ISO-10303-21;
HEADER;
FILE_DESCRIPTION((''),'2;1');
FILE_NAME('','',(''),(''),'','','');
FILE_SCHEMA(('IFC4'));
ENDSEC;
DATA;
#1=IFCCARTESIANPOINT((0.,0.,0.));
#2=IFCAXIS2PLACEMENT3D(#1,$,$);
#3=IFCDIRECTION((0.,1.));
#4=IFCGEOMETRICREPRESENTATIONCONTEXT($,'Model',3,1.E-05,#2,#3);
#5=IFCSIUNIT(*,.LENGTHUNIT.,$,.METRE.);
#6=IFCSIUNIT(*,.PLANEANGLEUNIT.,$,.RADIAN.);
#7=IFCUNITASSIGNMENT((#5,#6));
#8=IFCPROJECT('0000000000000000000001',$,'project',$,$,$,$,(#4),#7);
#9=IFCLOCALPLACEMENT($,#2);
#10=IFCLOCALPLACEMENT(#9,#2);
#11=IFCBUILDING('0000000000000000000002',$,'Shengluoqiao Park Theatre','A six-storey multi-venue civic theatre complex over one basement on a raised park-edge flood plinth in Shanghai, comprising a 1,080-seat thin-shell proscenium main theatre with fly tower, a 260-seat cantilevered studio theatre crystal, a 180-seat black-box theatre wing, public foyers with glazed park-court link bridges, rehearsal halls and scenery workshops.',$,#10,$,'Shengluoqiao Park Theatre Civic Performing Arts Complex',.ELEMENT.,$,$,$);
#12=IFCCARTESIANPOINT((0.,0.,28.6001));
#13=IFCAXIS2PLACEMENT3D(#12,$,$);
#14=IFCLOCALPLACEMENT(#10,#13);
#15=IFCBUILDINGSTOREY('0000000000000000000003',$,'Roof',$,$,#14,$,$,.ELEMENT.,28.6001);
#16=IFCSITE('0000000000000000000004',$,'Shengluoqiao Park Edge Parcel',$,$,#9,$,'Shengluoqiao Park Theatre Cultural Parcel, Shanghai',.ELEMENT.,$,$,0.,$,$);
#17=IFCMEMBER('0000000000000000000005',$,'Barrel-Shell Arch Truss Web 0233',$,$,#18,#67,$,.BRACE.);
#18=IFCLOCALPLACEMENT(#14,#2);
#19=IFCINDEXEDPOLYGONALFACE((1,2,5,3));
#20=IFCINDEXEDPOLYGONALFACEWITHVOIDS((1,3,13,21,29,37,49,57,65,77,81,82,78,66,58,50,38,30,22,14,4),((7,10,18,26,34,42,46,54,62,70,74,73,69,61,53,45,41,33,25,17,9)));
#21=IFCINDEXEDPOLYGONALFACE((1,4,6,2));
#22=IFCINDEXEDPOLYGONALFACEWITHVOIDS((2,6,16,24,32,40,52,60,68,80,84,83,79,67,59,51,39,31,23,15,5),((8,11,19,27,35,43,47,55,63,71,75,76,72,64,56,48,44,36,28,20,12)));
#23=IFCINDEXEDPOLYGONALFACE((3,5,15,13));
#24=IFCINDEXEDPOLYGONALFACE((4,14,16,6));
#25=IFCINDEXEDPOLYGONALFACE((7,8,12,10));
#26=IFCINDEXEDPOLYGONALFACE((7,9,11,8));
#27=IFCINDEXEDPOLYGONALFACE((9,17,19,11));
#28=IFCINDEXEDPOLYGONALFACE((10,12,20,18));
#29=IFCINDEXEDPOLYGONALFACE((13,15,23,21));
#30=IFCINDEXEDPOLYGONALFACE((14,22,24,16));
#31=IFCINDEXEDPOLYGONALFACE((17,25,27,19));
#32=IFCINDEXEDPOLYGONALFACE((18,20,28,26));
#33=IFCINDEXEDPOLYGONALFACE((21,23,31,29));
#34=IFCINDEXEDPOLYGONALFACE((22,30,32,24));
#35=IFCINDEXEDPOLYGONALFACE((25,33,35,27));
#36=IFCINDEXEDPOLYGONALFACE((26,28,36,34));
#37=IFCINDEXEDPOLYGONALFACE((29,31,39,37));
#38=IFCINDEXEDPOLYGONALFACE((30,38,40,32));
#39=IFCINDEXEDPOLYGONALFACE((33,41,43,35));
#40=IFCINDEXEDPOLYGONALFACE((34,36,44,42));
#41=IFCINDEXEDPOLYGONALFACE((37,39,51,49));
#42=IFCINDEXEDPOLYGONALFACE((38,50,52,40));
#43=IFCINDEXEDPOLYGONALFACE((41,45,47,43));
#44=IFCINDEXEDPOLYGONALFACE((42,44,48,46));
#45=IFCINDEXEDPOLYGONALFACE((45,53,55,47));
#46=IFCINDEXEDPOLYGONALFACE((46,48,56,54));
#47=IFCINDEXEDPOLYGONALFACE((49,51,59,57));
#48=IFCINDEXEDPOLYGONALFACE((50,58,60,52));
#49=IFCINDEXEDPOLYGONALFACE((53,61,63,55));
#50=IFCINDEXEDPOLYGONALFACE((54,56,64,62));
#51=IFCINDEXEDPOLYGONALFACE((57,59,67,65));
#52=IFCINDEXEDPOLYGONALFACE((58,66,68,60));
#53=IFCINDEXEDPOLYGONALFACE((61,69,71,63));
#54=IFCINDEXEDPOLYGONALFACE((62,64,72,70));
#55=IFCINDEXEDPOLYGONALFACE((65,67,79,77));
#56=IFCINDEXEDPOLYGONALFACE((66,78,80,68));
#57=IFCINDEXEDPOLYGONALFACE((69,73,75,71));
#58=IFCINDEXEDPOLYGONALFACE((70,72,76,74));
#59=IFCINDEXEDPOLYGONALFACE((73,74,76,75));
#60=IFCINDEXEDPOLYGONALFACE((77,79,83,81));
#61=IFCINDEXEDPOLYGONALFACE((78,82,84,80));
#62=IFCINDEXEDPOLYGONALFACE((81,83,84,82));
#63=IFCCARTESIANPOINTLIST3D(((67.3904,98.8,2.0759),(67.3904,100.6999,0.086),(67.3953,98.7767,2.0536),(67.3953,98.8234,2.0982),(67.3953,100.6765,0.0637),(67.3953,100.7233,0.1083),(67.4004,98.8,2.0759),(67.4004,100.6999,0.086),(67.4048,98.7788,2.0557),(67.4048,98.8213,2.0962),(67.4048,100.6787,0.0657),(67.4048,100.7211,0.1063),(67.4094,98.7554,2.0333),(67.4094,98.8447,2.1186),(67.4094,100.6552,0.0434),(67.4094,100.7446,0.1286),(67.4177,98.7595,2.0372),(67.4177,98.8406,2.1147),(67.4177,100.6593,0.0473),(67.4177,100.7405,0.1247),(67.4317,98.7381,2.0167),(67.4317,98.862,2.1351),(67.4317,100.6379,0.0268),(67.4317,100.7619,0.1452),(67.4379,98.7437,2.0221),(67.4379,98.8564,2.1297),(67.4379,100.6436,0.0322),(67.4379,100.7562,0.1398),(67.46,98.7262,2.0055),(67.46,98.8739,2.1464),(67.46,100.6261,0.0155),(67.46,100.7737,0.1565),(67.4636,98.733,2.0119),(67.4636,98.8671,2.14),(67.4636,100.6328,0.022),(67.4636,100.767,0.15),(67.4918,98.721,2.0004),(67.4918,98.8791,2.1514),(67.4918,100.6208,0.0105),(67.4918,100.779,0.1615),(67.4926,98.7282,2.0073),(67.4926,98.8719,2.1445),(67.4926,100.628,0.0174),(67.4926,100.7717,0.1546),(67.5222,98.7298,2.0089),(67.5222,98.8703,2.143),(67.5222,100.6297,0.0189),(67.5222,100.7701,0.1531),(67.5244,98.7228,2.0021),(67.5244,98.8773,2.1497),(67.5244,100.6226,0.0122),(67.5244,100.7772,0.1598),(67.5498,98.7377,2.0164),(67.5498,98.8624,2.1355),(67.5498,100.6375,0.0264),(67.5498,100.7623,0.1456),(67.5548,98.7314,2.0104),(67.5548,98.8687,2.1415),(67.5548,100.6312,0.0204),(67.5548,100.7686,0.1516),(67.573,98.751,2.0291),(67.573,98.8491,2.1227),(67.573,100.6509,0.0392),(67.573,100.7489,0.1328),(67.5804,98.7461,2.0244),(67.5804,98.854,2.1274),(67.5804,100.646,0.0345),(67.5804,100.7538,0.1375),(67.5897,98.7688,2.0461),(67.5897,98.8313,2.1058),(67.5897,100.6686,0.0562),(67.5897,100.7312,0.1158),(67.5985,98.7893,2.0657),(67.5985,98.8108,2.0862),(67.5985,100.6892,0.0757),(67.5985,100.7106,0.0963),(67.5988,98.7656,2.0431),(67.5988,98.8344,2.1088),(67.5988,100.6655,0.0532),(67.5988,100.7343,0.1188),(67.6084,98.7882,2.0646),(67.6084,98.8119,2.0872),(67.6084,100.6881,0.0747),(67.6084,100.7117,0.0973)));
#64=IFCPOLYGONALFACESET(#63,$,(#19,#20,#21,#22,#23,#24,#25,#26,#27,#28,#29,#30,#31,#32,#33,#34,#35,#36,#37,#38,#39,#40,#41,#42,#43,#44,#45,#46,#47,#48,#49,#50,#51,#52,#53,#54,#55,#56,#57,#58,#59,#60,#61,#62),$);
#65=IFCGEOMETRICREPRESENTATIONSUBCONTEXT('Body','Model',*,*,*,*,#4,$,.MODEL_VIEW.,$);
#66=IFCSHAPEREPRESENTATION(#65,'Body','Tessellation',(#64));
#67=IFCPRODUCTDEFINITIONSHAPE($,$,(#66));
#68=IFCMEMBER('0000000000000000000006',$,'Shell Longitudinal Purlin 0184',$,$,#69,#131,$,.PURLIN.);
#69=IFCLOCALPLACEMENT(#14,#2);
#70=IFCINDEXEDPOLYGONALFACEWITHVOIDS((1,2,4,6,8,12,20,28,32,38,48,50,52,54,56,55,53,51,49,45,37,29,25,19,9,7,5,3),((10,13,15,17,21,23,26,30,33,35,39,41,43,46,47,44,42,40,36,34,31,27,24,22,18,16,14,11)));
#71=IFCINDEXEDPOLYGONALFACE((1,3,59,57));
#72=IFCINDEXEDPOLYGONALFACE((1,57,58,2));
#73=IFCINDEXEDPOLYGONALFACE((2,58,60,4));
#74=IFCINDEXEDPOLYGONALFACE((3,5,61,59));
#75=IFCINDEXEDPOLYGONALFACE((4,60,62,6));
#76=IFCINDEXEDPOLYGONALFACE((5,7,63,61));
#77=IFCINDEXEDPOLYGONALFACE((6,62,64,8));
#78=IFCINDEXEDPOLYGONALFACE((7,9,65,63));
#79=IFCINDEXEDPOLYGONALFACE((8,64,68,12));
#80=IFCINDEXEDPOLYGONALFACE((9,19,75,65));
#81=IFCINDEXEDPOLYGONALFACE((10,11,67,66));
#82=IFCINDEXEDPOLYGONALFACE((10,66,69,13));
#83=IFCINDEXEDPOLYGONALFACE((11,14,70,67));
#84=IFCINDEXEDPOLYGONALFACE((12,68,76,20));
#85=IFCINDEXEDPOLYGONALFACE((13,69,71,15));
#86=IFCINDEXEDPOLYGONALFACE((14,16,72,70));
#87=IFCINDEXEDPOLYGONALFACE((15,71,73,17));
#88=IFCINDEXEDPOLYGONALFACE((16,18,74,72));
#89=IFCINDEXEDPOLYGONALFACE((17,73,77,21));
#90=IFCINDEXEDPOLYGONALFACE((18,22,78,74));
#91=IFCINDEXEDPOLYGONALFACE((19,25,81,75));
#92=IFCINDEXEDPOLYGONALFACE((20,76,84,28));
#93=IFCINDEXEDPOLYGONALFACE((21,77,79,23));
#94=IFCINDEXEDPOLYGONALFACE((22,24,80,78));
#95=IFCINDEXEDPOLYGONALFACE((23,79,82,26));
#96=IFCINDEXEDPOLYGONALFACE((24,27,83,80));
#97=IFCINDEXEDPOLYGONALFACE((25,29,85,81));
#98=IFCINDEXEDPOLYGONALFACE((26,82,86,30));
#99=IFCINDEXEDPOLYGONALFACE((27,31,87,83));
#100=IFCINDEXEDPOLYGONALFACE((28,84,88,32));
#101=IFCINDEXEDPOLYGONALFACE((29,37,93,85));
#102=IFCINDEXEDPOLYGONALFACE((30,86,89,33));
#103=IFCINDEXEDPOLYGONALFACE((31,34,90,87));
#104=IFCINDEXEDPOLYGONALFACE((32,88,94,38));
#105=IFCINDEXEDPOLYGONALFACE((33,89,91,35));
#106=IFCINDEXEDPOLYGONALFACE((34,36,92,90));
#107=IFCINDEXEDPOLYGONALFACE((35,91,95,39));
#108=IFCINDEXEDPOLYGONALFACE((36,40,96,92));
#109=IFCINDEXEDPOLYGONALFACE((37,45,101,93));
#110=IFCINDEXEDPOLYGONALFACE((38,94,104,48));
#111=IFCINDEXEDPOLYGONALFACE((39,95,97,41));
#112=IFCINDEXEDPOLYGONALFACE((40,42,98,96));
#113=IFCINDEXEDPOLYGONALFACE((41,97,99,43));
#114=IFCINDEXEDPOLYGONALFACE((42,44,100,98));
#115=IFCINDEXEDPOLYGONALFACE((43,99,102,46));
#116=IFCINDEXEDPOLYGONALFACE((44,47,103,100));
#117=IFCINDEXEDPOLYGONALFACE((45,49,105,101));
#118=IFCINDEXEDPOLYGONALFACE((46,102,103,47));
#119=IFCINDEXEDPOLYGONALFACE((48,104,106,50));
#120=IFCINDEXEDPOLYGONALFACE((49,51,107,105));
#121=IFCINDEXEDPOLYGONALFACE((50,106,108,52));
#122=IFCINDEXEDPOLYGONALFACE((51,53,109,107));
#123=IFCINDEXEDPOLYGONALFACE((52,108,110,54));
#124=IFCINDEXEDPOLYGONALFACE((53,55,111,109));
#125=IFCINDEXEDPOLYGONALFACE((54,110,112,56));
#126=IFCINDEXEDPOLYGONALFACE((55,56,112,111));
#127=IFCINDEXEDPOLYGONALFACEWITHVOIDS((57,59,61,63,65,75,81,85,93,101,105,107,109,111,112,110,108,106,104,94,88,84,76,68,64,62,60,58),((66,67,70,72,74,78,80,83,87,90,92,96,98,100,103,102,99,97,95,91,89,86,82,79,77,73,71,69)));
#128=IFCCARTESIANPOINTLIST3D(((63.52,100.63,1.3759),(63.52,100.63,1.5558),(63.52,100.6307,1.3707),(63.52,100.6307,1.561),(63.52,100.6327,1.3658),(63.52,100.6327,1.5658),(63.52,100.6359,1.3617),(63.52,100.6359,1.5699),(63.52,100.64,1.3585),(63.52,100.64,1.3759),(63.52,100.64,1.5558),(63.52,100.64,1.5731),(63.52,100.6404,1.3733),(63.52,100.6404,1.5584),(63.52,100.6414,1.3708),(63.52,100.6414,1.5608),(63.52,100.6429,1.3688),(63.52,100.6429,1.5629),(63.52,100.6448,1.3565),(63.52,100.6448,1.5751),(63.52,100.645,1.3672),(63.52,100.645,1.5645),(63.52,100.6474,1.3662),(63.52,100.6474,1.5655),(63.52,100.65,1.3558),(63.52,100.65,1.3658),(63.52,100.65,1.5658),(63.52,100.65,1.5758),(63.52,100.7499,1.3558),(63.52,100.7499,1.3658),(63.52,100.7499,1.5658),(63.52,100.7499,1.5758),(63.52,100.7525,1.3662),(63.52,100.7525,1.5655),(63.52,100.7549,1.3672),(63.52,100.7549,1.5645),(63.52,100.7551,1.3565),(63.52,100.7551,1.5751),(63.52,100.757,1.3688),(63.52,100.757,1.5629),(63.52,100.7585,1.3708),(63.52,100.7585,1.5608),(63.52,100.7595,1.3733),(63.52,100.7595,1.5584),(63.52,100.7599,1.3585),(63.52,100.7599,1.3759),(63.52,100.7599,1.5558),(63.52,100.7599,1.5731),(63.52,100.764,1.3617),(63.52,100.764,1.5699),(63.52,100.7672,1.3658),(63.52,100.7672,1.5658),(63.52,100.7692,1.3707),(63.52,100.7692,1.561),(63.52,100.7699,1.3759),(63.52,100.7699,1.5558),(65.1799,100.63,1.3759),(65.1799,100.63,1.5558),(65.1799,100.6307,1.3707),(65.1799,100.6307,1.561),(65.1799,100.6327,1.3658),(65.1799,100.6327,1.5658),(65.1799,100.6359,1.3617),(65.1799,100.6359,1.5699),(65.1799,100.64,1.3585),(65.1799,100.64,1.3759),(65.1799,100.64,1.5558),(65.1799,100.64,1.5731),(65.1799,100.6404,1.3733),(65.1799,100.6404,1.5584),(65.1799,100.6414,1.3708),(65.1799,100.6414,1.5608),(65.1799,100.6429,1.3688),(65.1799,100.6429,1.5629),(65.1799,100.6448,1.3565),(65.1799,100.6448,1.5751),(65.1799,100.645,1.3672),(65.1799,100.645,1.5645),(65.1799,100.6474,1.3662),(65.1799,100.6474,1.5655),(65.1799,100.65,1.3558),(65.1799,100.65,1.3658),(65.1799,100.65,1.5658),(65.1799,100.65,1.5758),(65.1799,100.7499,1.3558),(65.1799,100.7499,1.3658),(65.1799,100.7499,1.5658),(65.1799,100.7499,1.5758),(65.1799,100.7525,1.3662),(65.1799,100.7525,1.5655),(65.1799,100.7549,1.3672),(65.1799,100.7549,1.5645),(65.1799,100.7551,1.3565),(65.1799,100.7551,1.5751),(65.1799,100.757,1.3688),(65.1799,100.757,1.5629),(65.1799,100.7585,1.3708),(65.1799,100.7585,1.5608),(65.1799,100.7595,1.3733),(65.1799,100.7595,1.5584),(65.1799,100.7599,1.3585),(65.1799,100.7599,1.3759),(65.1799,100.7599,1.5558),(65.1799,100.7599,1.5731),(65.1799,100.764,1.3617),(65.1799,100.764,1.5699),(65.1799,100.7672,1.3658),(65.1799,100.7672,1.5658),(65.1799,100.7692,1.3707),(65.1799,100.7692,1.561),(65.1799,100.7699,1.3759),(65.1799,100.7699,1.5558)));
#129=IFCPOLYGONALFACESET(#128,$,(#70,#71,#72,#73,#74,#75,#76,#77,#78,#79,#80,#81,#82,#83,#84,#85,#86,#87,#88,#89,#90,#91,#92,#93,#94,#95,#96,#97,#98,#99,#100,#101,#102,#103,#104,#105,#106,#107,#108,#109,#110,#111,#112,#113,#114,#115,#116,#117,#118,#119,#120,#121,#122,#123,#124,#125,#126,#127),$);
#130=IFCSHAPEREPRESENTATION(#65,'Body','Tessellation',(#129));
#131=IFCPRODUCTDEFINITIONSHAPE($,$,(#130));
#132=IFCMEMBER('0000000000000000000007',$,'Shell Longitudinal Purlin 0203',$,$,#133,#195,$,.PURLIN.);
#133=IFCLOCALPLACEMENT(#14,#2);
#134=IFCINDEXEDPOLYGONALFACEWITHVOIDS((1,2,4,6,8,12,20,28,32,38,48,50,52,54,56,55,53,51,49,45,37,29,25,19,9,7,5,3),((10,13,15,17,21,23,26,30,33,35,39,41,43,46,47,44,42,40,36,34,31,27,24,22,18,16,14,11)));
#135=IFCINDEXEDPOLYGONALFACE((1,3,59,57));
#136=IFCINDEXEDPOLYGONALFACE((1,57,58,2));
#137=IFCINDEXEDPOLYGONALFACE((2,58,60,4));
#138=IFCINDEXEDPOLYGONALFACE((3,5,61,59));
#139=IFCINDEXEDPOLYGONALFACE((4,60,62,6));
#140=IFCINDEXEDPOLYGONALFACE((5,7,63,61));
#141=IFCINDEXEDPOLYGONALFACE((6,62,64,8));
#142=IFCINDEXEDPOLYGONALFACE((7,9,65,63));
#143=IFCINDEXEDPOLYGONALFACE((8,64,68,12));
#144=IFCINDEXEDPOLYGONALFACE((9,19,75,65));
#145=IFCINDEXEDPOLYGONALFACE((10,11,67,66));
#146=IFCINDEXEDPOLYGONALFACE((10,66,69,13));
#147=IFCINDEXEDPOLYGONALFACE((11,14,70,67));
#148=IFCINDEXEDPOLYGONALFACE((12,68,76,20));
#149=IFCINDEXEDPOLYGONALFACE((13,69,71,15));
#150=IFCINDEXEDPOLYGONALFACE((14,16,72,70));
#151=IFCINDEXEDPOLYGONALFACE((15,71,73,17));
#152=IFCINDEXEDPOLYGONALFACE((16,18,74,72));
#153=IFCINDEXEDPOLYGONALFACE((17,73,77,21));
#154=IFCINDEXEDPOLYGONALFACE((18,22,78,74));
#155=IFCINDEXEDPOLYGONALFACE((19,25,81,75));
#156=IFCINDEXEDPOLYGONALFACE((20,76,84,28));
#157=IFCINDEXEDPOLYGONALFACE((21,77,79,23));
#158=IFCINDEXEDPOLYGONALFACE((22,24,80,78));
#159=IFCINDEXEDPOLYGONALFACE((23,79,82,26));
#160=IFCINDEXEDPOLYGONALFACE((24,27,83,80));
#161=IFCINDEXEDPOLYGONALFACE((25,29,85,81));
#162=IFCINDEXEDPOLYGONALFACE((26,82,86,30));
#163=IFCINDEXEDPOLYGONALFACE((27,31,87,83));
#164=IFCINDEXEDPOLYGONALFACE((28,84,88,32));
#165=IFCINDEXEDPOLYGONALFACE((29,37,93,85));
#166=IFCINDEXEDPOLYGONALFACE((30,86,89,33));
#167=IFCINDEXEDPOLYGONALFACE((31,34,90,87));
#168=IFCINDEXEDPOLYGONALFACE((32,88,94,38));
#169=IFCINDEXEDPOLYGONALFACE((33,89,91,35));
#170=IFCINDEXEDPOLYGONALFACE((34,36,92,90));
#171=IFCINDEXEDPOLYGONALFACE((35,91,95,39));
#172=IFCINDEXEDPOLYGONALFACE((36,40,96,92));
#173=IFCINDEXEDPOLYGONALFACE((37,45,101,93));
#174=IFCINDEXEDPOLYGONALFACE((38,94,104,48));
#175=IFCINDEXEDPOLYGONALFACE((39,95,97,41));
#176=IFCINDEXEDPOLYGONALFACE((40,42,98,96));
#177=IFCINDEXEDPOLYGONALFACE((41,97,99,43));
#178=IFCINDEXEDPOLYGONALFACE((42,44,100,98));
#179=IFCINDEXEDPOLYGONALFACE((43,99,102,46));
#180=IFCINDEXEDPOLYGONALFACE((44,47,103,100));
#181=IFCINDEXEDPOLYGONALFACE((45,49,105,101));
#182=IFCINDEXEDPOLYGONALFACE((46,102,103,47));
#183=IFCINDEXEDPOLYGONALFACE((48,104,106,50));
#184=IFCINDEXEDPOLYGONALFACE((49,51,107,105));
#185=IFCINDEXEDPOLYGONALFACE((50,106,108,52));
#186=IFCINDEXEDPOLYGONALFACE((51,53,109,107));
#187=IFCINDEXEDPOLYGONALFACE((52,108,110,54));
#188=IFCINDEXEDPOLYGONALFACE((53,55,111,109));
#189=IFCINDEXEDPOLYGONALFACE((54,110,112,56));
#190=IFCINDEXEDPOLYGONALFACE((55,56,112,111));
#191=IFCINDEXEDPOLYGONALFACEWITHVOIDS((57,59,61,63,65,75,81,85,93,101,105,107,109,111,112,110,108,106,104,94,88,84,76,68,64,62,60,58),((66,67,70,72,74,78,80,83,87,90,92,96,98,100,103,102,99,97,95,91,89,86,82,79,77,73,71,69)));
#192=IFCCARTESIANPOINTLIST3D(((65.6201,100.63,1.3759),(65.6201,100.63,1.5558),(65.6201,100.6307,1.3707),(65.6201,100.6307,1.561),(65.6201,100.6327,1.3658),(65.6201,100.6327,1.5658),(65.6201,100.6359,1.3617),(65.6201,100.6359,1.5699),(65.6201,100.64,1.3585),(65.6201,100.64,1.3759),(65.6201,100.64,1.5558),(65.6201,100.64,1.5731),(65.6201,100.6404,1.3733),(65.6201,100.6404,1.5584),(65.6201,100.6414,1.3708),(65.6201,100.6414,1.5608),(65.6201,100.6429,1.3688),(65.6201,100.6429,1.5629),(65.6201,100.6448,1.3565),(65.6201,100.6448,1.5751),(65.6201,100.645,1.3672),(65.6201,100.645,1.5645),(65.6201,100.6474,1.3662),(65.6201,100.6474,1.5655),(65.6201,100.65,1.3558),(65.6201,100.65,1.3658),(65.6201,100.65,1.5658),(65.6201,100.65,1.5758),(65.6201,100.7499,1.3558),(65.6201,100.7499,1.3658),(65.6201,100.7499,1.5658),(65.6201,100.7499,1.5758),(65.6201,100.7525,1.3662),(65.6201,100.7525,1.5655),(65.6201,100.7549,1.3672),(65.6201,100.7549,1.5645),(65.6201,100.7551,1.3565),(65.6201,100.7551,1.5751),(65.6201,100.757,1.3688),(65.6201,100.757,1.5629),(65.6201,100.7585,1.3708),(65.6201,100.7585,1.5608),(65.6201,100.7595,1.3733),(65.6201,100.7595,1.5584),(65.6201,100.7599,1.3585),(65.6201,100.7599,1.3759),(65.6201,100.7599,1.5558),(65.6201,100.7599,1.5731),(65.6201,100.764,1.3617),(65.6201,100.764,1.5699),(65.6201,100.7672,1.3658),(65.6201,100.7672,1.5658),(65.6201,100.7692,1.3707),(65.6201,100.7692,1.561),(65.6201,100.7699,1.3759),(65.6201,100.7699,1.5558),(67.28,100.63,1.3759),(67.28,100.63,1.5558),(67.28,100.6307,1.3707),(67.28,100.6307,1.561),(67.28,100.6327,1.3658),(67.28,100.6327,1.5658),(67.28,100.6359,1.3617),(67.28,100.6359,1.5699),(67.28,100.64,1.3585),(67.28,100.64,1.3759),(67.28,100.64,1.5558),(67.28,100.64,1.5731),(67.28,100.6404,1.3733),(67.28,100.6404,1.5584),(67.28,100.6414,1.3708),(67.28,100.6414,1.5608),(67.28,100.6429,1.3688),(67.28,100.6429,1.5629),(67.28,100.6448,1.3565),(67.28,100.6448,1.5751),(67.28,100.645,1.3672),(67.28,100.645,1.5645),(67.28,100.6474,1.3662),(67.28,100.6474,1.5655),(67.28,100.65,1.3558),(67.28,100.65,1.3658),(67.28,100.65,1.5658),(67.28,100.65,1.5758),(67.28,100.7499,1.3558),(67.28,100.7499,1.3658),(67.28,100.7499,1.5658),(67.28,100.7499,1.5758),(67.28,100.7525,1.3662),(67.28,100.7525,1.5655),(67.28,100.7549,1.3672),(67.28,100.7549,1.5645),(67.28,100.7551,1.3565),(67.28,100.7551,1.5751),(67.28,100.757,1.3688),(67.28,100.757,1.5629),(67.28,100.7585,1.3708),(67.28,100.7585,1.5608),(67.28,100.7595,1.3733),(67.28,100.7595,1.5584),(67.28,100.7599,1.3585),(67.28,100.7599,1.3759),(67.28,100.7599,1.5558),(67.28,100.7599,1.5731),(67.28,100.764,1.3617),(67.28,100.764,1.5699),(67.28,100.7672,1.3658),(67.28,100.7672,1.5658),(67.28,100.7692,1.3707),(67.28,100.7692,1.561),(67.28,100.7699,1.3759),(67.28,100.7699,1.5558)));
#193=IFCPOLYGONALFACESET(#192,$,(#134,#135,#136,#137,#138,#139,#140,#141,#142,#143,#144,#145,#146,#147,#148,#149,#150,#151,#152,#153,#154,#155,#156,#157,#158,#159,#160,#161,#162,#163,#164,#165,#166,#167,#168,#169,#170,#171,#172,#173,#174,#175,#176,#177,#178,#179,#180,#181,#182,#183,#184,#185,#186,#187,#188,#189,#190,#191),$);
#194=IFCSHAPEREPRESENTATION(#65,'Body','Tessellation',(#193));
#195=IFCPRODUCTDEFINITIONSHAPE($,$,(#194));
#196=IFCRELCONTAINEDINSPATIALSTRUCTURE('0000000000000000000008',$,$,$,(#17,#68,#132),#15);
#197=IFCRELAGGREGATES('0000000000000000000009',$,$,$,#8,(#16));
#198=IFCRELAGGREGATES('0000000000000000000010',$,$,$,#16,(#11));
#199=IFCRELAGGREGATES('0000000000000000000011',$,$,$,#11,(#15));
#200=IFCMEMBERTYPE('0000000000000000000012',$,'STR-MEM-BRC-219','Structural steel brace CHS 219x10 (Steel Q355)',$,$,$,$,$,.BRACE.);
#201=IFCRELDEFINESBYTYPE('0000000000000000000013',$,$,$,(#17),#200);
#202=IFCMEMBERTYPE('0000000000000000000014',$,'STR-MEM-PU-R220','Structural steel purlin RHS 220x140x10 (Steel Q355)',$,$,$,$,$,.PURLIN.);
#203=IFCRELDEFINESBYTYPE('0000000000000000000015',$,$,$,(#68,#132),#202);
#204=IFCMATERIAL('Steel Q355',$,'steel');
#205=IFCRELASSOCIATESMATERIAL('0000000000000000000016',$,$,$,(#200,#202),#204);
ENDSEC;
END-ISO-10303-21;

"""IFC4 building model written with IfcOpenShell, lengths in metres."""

from ifc_helpers import new_model, si_unit, direction, frame, origin, origin_2d, place, context, subcontext, project, spatial, hollow_rectangle, hollow_circle, extrude, material, material_profile, profile_set, type_object, element, save


model = new_model("IFC4")

# Units and contexts
model_context = context("Model", 3, precision=1e-05, world=origin(), true_north=direction((0.0, 1.0)))
body_context = subcontext(model_context, "Body", "Model", "MODEL_VIEW")
ifc_project = project(units=[si_unit("LENGTHUNIT", "METRE"), si_unit("PLANEANGLEUNIT", "RADIAN")], contexts=[model_context])

# Site, building, storey
site_placement = place(None, origin())
site = spatial("IfcSite", under=ifc_project, at=site_placement, Name="Shengluoqiao Park Edge Parcel", LongName="Shengluoqiao Park Theatre Cultural Parcel, Shanghai", CompositionType="ELEMENT", RefElevation=0.0)
building_placement = place(site_placement, origin())
building = spatial("IfcBuilding", under=site, at=building_placement, Name="Shengluoqiao Park Theatre", Description="A six-storey multi-venue civic theatre complex over one basement on a raised park-edge flood plinth in Shanghai, comprising a 1,080-seat thin-shell proscenium main theatre with fly tower, a 260-seat cantilevered studio theatre crystal, a 180-seat black-box theatre wing, public foyers with glazed park-court link bridges, rehearsal halls and scenery workshops.", LongName="Shengluoqiao Park Theatre Civic Performing Arts Complex", CompositionType="ELEMENT")
storey_placement = place(building_placement, frame((0.0, 0.0, 28.6001)))
storey = spatial("IfcBuildingStorey", under=building, at=storey_placement, Name="Roof", CompositionType="ELEMENT", Elevation=28.6001)

# Members
ifc_material_1 = material(Name="Steel Q355", Category="steel")
ifc_material_profile_1 = material_profile(ifc_material_1, hollow_circle(Radius=0.1096, WallThickness=0.01, at=origin_2d()), Name="CHS 219x10")
ifc_profile_set_1 = profile_set([ifc_material_profile_1], Name="Steel Q355")
member_type_1 = type_object("IfcMemberType", Name="STR-MEM-BRC-219", Description="Structural steel brace CHS 219x10 (Steel Q355)", PredefinedType="BRACE", material=ifc_profile_set_1)
for number, where, z_axis, x_axis, name in (
    (1, (67.5, 98.8, 2.0759), (0.0, 0.690545, -0.723289), (-1.0, 0.0, 0.0), "Barrel-Shell Arch Truss Web 0233"),
):
    element("IfcMember", number, at=place(storey_placement, frame(where, z_axis=z_axis, x_axis=x_axis)), inside=storey, type_object=member_type_1, Name=name, PredefinedType="BRACE", context=body_context, shape_type="SweptSolid", body=[
        extrude(hollow_circle(Radius=0.1096, WallThickness=0.01, at=origin_2d()), origin(), (0.0, 0.0, 1.0), 2.7512),
    ])
ifc_material_profile_2 = material_profile(ifc_material_1, hollow_rectangle(XDim=0.1399, YDim=0.22, WallThickness=0.01, InnerFilletRadius=0.01, OuterFilletRadius=0.02, at=origin_2d()), Name="RHS 220x140x10")
ifc_profile_set_2 = profile_set([ifc_material_profile_2], Name="Steel Q355")
member_type_2 = type_object("IfcMemberType", Name="STR-MEM-PU-R220", Description="Structural steel purlin RHS 220x140x10 (Steel Q355)", PredefinedType="PURLIN", material=ifc_profile_set_2)
for number, where, z_axis, x_axis, name in (
    (2, (63.52, 100.7, 1.4658), (1.0, 0.0, 0.0), (0.0, 1.0, 0.0), "Shell Longitudinal Purlin 0184"),
    (3, (65.6201, 100.7, 1.4658), (1.0, 0.0, 0.0), (0.0, 1.0, 0.0), "Shell Longitudinal Purlin 0203"),
):
    element("IfcMember", number, at=place(storey_placement, frame(where, z_axis=z_axis, x_axis=x_axis)), inside=storey, type_object=member_type_2, Name=name, PredefinedType="PURLIN", context=body_context, shape_type="SweptSolid", body=[
        extrude(hollow_rectangle(XDim=0.1399, YDim=0.22, WallThickness=0.01, InnerFilletRadius=0.01, OuterFilletRadius=0.02, at=origin_2d()), origin(), (0.0, 0.0, 1.0), 1.6599),
    ])

save(model, "model.ifc")
